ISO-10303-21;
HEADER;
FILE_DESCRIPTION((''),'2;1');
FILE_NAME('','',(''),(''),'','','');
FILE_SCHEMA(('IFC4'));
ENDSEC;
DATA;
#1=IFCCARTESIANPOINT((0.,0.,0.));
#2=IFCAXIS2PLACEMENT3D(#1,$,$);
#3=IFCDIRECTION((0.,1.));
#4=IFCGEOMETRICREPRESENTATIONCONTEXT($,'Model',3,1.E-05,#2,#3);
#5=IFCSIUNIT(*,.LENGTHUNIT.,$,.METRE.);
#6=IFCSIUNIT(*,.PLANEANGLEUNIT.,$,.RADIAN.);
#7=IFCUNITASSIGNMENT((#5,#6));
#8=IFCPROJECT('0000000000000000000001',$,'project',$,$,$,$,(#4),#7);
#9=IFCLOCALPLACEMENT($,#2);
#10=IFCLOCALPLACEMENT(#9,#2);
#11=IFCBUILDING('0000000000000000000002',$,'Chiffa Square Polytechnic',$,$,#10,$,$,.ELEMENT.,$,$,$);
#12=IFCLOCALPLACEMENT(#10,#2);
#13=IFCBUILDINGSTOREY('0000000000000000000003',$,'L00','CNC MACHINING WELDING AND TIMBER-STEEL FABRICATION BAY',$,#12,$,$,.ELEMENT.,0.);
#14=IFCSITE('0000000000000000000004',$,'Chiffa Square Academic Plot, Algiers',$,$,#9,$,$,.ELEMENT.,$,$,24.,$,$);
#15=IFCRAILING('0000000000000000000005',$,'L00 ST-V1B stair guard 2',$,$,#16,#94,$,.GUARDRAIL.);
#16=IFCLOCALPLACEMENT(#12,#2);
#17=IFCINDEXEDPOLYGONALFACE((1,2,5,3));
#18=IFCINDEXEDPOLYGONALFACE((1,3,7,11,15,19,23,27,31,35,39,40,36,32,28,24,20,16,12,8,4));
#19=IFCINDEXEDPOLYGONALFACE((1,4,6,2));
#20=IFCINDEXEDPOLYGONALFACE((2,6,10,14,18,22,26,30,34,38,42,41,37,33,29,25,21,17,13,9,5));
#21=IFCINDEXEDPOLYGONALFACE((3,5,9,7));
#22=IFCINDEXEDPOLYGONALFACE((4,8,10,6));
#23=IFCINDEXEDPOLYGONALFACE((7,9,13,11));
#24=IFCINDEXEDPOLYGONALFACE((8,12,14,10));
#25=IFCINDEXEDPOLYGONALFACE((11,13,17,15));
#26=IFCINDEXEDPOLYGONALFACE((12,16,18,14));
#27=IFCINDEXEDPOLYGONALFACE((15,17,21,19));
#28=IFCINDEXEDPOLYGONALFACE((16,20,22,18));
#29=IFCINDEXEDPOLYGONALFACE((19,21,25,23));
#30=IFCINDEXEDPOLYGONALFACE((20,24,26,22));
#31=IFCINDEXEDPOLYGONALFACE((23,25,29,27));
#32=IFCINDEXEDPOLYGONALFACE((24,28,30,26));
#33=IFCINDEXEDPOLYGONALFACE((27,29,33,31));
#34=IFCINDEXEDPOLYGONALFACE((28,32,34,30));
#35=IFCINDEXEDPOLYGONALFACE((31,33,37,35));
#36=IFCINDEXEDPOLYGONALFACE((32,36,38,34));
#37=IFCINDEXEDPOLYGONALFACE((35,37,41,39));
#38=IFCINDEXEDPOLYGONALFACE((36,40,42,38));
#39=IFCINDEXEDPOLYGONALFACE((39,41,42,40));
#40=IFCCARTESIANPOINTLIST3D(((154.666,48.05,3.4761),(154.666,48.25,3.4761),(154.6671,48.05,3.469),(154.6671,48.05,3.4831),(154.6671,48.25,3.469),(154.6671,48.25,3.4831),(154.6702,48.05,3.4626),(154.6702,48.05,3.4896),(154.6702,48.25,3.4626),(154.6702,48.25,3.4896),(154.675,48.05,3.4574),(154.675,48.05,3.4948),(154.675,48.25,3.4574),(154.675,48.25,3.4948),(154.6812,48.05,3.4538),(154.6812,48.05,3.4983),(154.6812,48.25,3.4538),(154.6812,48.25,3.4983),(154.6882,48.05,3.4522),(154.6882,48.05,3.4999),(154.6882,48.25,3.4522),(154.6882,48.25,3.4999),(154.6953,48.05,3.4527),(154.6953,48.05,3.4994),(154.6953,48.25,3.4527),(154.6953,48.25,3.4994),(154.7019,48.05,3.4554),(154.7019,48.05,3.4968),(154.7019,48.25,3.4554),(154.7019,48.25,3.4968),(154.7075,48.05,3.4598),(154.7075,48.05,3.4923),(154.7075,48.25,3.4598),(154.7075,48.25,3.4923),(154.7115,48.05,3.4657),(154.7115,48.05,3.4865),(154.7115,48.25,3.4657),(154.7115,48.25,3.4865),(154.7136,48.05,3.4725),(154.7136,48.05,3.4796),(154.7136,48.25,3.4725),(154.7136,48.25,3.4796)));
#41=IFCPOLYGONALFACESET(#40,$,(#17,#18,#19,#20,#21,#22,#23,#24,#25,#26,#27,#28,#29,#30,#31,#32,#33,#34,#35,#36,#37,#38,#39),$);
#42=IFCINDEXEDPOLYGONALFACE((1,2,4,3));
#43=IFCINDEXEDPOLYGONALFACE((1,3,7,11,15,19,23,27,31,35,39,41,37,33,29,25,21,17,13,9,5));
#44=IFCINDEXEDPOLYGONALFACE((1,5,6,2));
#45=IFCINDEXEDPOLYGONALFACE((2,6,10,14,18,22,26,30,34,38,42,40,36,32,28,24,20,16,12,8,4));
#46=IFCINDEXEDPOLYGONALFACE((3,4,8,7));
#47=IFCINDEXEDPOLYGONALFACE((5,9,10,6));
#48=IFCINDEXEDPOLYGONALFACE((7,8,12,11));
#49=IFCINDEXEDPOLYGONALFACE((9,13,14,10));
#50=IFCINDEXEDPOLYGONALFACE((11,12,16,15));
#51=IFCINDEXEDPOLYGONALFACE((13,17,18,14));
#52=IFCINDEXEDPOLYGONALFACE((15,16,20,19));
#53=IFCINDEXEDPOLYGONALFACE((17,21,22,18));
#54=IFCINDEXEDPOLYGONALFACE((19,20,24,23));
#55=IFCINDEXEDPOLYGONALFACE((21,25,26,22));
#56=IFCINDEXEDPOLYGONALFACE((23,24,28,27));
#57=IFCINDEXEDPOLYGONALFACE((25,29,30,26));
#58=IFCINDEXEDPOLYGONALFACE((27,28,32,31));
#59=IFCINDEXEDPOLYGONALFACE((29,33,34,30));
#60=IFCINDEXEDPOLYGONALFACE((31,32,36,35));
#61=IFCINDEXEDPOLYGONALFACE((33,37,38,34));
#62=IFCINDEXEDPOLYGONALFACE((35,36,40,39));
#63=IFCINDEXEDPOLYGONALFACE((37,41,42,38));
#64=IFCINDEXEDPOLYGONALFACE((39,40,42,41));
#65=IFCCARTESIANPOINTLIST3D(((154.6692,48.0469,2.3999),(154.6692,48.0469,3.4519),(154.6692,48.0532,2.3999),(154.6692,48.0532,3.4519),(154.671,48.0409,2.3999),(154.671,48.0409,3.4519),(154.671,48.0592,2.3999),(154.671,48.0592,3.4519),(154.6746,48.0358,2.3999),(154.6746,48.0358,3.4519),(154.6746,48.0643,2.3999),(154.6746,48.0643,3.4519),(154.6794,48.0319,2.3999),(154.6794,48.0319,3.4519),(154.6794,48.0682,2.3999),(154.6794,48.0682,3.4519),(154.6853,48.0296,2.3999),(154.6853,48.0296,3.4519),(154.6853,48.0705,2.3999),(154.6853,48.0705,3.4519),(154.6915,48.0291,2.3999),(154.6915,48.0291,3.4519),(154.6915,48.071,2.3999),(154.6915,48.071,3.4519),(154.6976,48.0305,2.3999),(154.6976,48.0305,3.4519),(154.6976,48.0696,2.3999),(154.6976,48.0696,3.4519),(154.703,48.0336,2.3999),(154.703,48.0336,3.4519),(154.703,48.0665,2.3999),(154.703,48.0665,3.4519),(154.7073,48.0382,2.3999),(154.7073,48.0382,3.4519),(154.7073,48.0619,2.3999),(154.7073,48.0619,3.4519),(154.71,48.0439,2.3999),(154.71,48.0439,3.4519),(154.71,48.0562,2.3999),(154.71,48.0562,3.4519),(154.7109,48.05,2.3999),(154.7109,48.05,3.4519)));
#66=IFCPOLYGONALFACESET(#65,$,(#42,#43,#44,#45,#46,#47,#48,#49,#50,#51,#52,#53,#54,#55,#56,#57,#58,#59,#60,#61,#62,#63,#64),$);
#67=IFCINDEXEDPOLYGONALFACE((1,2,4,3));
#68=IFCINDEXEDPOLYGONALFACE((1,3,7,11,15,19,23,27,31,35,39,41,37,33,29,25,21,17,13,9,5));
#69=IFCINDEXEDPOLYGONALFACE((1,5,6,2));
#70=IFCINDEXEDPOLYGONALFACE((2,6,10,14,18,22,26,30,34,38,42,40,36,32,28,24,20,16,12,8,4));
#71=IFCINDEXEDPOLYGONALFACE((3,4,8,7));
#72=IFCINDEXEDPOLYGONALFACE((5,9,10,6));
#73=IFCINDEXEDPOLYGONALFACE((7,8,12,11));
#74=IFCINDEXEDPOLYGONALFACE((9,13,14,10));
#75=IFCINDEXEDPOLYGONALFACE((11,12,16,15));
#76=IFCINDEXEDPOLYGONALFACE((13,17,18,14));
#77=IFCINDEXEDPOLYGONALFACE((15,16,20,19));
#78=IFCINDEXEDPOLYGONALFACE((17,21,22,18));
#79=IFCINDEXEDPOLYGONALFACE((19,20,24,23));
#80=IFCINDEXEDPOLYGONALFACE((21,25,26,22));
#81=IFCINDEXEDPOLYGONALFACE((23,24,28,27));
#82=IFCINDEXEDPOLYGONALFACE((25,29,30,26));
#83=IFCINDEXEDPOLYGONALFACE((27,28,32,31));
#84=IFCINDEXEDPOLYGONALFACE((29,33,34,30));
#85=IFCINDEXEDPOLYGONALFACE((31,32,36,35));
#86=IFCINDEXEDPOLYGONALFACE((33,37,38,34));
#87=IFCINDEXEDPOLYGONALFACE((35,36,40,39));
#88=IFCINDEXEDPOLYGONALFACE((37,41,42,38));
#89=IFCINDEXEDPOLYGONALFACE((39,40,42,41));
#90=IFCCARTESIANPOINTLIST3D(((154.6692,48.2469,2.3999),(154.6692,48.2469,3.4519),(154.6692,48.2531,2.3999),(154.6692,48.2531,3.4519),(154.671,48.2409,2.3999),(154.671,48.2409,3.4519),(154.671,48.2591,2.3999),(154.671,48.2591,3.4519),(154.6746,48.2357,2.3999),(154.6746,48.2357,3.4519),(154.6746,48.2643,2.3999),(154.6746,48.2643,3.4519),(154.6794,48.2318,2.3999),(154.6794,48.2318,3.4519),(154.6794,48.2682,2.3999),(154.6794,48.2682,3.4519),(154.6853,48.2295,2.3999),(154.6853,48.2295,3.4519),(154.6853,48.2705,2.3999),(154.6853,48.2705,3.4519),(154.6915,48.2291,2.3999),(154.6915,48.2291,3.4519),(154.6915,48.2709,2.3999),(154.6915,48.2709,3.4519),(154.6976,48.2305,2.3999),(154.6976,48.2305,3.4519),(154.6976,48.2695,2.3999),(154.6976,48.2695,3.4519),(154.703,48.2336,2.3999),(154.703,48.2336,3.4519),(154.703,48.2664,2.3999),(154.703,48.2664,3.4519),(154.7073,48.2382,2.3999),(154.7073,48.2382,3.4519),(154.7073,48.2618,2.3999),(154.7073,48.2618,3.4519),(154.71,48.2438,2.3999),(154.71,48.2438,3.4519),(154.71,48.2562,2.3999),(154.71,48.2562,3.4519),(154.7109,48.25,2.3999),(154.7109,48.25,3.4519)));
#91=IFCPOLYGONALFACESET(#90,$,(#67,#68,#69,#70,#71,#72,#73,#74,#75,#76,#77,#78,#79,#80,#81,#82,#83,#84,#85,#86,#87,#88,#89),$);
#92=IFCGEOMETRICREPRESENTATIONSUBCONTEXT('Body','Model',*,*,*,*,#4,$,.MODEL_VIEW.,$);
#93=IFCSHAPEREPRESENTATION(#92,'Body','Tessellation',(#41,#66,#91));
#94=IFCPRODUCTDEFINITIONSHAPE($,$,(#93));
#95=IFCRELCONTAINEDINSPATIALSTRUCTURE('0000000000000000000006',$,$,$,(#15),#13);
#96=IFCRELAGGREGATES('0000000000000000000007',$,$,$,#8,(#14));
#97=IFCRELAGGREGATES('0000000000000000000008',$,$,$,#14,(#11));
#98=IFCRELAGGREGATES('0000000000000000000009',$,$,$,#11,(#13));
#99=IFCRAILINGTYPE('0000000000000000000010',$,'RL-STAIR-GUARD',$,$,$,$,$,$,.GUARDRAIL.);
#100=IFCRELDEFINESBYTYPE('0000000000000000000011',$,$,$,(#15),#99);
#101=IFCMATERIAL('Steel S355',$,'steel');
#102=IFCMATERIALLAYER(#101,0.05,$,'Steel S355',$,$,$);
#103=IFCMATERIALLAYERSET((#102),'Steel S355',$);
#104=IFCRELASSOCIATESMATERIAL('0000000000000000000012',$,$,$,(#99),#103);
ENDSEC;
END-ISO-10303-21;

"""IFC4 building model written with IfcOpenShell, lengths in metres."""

from ifc_helpers import new_model, si_unit, direction, frame, origin, origin_2d, place, context, subcontext, project, spatial, circle, extrude, material, layer, layer_set, type_object, element, save


model = new_model("IFC4")

# Units and contexts
model_context = context("Model", 3, precision=1e-05, world=origin(), true_north=direction((0.0, 1.0)))
body_context = subcontext(model_context, "Body", "Model", "MODEL_VIEW")
ifc_project = project(units=[si_unit("LENGTHUNIT", "METRE"), si_unit("PLANEANGLEUNIT", "RADIAN")], contexts=[model_context])

# Site, building, storey
site_placement = place(None, origin())
site = spatial("IfcSite", under=ifc_project, at=site_placement, Name="Chiffa Square Academic Plot, Algiers", CompositionType="ELEMENT", RefElevation=24.0)
building_placement = place(site_placement, origin())
building = spatial("IfcBuilding", under=site, at=building_placement, Name="Chiffa Square Polytechnic", CompositionType="ELEMENT")
storey_placement = place(building_placement, origin())
storey = spatial("IfcBuildingStorey", under=building, at=storey_placement, Name="L00", Description="CNC MACHINING WELDING AND TIMBER-STEEL FABRICATION BAY", CompositionType="ELEMENT", Elevation=0.0)

# Railing
ifc_material_1 = material(Name="Steel S355", Category="steel")
ifc_layer_1 = layer(ifc_material_1, 0.05, Name="Steel S355")
ifc_layer_set_1 = layer_set([ifc_layer_1], Name="Steel S355")
railing_type_1 = type_object("IfcRailingType", Name="RL-STAIR-GUARD", PredefinedType="GUARDRAIL", material=ifc_layer_set_1)
railing_1_placement = place(storey_placement, frame((154.6899, 48.05, 2.3999)))
element("IfcRailing", 1, at=railing_1_placement, inside=storey, type_object=railing_type_1, Name="L00 ST-V1B stair guard 2", PredefinedType="GUARDRAIL", context=body_context, shape_type="SweptSolid", body=[
    extrude(circle(Radius=0.0239, at=origin_2d()), frame((0.0, 0.0, 1.0762), z_axis=(0.0, 1.0, 0.0), x_axis=(-1.0, 0.0, 0.0)), (0.0, 0.0, 1.0), 0.2),
    extrude(circle(Radius=0.021, at=origin_2d()), origin(), (0.0, 0.0, 1.0), 1.052),
    extrude(circle(Radius=0.021, at=origin_2d()), frame((0.0, 0.2, 0.0)), (0.0, 0.0, 1.0), 1.052),
])

save(model, "model.ifc")
